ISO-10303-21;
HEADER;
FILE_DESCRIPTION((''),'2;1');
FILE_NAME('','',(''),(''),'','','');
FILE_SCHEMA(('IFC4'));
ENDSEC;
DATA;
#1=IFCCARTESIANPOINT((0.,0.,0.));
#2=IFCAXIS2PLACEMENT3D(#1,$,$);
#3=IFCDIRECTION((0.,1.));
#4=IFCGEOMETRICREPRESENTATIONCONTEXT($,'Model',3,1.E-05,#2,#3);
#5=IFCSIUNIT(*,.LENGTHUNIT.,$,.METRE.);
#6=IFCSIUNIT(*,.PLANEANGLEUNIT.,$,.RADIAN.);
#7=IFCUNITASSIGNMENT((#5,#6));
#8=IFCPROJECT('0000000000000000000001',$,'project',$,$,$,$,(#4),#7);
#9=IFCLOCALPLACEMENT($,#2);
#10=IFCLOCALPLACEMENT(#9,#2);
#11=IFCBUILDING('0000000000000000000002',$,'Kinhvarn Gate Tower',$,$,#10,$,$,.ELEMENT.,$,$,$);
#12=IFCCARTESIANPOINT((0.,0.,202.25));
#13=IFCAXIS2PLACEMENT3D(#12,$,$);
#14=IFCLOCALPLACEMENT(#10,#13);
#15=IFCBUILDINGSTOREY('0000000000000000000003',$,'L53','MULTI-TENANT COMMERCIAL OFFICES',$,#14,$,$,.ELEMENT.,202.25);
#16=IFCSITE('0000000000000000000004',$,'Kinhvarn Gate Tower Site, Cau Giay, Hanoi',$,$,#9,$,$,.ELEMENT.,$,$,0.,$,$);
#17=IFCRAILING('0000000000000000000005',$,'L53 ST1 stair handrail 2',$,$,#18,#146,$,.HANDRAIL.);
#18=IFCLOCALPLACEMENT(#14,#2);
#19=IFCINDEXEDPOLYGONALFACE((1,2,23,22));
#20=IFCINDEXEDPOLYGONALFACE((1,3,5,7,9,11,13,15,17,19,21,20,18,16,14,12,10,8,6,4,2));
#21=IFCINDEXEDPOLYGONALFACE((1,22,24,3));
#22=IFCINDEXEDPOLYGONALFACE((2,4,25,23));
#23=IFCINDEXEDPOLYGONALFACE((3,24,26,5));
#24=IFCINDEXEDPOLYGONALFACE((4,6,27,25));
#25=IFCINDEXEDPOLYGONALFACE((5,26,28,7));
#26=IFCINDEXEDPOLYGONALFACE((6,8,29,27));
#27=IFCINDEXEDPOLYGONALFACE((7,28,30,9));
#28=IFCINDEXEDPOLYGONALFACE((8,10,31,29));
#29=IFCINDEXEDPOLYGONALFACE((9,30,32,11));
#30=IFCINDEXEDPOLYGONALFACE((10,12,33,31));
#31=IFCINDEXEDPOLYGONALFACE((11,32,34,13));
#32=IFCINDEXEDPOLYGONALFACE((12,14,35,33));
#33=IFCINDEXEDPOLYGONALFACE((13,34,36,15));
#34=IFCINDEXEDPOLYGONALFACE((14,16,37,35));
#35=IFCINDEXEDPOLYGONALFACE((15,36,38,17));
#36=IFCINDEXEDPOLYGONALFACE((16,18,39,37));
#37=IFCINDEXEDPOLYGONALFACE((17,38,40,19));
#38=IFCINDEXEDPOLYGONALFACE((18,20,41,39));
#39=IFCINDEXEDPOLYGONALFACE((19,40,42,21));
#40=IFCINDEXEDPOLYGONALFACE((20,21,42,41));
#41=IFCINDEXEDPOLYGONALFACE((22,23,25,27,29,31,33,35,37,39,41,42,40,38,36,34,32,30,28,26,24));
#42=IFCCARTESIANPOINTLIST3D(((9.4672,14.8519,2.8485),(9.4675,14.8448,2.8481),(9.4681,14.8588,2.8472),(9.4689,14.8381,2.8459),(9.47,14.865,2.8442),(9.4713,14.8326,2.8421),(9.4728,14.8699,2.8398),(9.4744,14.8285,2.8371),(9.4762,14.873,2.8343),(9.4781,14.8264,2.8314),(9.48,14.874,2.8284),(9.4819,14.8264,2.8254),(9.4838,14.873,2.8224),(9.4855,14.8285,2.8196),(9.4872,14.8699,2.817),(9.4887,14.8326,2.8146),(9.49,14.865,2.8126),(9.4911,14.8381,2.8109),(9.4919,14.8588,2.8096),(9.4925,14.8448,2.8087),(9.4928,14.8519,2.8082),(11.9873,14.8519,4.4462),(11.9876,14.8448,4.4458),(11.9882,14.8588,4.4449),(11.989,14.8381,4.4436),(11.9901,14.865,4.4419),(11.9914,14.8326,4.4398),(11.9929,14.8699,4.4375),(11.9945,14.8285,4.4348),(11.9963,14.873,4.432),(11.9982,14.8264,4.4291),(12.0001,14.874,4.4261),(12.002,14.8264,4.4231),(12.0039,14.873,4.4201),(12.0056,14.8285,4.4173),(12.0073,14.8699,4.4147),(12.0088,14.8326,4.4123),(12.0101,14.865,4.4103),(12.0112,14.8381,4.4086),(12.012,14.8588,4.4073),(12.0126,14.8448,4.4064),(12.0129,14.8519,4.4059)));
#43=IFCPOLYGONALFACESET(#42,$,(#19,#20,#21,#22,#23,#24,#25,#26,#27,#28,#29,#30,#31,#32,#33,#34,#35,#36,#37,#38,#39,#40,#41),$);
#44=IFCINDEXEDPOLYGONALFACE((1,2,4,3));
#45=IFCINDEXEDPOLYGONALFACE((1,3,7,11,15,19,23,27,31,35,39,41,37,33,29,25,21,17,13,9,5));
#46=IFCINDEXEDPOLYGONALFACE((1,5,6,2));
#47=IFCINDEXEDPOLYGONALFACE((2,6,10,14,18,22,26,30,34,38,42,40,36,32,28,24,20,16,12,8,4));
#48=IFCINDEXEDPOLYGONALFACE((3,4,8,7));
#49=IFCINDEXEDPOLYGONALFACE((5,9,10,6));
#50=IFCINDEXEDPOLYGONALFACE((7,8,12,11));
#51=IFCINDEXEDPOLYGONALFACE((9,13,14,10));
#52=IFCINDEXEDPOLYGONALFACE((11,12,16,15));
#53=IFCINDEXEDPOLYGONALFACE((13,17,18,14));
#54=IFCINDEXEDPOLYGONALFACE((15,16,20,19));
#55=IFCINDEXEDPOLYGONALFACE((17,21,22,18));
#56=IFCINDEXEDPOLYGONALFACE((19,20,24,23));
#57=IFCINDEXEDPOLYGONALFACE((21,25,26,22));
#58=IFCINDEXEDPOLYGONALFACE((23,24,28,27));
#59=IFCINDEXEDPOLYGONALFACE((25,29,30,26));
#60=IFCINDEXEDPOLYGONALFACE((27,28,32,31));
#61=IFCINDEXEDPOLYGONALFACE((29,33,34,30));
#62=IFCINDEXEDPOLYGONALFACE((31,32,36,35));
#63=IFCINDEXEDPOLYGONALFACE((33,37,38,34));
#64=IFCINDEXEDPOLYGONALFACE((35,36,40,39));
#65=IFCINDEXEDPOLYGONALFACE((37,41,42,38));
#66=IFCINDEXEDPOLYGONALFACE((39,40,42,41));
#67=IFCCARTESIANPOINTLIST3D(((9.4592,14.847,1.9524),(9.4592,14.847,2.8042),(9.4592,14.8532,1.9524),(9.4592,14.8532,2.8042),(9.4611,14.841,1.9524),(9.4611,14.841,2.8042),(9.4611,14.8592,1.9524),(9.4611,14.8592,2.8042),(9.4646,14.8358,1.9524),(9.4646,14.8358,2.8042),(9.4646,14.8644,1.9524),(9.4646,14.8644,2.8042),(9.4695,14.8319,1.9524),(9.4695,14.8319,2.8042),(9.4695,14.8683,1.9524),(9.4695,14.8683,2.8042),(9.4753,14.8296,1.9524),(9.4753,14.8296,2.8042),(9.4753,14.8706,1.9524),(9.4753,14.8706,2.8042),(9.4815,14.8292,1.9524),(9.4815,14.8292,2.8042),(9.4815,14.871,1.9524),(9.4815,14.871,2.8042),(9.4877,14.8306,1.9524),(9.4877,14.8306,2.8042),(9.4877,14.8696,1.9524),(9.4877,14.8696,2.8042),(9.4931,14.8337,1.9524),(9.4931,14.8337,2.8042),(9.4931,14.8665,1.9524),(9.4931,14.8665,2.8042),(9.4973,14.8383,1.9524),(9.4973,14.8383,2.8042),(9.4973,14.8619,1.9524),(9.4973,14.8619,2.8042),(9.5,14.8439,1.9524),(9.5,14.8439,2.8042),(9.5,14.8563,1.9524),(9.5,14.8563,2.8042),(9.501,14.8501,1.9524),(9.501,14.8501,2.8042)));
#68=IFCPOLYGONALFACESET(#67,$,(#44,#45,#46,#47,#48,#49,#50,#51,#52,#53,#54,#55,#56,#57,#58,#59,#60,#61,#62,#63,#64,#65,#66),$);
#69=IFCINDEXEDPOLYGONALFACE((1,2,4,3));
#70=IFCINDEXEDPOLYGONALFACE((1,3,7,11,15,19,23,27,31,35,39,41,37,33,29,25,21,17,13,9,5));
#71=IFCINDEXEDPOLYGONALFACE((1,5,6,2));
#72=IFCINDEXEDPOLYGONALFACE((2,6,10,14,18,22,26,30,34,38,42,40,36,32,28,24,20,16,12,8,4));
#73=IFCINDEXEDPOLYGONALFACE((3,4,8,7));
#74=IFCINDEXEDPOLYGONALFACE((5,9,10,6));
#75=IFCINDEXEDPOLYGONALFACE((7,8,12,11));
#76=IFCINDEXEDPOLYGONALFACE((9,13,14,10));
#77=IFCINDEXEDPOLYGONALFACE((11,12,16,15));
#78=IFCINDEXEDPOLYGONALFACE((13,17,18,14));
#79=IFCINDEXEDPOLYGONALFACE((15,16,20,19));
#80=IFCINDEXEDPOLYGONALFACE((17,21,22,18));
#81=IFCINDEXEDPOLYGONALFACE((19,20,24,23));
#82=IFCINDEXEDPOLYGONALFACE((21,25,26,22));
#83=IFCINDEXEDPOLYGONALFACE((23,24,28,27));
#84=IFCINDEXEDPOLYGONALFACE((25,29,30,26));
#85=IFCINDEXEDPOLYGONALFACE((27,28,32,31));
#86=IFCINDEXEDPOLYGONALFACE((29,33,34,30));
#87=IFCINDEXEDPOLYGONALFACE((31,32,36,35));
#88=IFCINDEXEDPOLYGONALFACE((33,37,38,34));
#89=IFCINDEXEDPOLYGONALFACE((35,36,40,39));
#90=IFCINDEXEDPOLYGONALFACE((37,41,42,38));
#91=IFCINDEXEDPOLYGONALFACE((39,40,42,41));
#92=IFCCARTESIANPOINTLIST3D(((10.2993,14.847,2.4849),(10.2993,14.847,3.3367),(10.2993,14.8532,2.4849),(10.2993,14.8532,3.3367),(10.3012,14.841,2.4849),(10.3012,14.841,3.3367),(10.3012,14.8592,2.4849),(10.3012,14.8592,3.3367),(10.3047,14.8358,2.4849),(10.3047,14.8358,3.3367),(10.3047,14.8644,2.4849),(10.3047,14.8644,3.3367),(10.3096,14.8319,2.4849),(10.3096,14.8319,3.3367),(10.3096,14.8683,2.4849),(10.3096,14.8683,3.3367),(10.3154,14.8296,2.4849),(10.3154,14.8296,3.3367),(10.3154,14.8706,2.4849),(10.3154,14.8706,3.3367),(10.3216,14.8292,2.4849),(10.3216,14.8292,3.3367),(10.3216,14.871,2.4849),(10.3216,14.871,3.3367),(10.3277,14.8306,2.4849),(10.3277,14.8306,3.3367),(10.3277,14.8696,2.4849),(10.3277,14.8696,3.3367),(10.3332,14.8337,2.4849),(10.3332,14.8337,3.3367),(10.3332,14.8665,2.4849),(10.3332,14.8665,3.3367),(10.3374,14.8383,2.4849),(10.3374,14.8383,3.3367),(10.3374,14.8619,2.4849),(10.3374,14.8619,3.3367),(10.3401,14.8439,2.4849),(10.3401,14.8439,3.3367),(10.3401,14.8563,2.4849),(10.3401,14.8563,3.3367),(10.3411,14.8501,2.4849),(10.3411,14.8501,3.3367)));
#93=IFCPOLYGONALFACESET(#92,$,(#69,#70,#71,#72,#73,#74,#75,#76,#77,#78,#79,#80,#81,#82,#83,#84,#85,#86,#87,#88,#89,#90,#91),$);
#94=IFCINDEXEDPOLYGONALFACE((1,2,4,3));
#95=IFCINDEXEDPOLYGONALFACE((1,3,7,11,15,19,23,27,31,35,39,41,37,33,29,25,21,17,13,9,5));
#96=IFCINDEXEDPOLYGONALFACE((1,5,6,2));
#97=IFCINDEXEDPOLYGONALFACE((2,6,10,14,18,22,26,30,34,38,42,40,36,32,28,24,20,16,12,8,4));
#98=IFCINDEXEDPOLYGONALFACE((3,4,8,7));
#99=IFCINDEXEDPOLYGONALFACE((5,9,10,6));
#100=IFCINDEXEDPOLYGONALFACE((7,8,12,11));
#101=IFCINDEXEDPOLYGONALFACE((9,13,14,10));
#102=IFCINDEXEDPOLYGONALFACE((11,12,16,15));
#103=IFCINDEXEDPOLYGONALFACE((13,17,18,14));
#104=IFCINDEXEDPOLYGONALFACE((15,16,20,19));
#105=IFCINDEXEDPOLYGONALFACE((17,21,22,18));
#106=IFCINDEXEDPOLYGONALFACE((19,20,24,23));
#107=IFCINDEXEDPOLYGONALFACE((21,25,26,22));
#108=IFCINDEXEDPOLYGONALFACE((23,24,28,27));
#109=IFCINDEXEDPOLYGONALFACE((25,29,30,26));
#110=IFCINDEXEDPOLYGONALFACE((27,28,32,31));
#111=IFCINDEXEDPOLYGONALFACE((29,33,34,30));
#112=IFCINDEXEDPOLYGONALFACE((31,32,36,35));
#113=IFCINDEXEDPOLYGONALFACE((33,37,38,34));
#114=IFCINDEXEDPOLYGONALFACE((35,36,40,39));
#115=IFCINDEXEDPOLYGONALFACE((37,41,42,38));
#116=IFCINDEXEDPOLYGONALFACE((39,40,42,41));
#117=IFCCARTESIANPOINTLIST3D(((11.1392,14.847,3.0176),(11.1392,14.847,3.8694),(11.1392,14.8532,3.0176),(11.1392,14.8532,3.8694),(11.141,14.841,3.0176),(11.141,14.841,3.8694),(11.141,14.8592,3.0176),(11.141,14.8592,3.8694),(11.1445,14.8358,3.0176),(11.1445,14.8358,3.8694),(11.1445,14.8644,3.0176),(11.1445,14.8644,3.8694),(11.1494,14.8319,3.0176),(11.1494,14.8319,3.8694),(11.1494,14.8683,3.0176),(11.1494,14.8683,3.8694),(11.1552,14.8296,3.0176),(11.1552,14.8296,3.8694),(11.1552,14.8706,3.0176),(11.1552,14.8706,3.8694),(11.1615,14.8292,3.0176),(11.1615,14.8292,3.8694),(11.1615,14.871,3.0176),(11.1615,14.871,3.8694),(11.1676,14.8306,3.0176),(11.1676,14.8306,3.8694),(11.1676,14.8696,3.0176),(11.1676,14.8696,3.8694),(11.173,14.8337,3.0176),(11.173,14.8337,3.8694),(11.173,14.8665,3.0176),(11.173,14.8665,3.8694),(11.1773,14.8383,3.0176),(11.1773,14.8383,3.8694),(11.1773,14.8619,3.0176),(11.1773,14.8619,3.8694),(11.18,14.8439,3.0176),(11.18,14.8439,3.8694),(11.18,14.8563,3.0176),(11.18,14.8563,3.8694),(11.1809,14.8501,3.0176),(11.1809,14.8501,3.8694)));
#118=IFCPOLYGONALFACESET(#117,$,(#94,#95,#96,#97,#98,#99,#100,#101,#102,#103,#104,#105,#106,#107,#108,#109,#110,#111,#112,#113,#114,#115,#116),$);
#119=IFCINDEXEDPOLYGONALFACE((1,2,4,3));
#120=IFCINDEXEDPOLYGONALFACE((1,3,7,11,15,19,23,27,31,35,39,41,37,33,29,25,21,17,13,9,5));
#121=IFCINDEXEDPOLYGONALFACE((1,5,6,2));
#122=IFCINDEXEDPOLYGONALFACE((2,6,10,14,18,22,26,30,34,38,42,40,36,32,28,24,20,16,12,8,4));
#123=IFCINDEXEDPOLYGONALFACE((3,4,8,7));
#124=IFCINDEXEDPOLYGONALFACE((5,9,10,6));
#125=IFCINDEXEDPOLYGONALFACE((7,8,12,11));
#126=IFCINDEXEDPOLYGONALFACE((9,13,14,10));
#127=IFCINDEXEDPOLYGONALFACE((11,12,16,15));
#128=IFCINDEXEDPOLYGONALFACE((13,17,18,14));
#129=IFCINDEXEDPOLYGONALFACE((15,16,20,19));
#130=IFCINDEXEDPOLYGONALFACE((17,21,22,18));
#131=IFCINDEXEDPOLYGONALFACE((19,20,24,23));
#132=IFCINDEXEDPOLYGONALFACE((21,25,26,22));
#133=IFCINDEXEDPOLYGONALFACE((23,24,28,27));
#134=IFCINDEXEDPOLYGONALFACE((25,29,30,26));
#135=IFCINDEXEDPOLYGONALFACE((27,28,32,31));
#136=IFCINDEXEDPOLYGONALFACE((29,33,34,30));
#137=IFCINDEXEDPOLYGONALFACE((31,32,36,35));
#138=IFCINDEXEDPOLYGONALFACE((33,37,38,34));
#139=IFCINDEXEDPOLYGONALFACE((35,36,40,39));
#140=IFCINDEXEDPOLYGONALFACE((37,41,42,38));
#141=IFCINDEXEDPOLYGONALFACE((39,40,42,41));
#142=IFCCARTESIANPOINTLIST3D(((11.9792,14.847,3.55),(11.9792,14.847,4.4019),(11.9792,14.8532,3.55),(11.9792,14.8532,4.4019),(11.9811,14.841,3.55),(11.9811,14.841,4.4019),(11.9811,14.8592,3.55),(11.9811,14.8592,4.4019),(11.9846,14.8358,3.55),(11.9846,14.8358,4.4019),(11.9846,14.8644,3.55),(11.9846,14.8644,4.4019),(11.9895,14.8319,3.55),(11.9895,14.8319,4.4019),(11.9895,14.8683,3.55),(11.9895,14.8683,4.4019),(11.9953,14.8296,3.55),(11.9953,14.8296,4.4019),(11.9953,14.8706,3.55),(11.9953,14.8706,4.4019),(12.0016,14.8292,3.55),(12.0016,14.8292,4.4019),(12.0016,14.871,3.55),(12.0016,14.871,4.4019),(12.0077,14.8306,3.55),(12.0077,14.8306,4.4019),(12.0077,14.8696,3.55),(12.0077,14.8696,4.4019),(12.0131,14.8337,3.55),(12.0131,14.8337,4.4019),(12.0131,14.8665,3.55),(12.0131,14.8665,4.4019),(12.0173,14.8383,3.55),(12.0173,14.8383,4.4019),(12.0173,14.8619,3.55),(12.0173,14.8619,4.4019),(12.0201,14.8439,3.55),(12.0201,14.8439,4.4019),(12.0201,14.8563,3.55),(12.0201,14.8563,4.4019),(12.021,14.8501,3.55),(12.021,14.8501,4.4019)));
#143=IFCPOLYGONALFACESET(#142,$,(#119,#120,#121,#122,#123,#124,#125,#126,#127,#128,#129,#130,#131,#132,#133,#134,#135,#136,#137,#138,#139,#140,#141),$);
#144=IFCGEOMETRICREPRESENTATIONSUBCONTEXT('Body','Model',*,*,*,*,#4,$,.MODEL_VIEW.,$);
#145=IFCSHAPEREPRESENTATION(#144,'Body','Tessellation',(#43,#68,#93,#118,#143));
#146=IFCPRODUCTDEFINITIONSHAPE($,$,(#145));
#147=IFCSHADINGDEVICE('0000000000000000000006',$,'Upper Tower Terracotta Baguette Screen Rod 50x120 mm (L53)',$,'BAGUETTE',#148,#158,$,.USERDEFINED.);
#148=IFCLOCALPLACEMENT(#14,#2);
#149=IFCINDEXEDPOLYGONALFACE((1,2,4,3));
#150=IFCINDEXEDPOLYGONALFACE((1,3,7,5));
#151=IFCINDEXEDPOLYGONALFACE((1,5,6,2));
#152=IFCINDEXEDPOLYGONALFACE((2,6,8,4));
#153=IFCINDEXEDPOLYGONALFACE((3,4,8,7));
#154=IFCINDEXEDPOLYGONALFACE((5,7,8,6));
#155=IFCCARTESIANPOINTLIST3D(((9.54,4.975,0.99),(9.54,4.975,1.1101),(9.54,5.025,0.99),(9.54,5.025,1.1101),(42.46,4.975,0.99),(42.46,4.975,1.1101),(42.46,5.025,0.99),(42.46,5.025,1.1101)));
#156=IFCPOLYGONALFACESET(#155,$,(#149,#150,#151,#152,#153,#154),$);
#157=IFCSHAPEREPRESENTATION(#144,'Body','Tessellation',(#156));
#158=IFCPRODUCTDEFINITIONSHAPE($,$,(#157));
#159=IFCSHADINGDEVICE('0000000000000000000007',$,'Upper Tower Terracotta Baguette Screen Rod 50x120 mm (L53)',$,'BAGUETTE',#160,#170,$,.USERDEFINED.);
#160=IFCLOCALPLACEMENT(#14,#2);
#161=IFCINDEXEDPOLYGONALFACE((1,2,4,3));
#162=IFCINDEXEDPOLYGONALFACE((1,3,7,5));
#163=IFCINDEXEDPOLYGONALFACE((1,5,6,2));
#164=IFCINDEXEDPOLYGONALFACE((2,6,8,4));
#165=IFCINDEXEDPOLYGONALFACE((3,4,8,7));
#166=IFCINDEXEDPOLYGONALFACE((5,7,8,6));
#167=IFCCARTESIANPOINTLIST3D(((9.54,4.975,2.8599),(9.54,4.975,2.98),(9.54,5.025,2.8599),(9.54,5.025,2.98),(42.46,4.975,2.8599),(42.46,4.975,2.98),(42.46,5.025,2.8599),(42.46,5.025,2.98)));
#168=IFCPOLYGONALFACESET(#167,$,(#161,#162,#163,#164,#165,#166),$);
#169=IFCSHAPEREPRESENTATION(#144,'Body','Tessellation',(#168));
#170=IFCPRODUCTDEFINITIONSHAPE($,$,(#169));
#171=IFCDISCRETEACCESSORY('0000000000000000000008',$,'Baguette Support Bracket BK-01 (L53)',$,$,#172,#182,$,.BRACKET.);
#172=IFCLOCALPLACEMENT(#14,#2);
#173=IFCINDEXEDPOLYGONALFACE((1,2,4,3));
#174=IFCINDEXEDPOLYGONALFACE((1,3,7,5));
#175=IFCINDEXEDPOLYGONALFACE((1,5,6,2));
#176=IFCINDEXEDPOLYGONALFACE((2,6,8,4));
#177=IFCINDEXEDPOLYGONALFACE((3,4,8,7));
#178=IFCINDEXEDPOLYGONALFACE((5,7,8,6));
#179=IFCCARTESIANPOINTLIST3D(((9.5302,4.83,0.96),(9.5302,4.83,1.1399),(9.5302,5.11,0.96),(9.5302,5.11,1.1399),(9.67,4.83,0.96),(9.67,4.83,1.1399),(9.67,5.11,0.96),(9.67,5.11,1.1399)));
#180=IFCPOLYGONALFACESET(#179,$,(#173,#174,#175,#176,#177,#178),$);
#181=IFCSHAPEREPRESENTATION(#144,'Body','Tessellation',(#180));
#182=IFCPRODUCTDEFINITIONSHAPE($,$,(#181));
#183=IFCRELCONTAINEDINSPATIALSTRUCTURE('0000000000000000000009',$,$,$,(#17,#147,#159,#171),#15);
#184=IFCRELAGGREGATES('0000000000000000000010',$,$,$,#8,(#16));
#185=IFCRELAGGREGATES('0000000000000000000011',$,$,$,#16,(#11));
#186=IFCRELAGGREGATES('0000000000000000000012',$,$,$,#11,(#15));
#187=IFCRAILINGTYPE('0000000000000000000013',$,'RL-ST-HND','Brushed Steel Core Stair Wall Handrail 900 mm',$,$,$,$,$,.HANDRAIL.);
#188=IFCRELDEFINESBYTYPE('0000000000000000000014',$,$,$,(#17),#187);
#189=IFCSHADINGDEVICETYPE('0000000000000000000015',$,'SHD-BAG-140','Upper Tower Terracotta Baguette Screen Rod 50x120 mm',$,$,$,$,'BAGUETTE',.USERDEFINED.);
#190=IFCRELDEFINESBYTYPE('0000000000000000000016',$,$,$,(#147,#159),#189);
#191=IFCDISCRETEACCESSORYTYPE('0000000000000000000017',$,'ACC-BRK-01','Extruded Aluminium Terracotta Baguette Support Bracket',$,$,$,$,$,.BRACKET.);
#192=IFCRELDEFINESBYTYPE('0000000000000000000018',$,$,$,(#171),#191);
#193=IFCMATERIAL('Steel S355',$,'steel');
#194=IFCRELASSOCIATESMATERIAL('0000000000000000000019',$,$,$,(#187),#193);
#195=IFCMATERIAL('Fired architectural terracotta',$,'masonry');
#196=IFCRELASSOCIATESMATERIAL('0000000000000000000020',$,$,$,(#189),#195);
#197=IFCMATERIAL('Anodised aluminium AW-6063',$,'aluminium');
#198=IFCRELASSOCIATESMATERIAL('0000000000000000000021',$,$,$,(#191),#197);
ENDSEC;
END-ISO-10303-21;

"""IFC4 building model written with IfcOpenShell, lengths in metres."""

from ifc_helpers import new_model, si_unit, direction, frame, origin, origin_2d, place, context, subcontext, project, spatial, rectangle, circle, extrude, material, material_profile, profile_set, type_object, element, save


model = new_model("IFC4")

# Units and contexts
model_context = context("Model", 3, precision=1e-05, world=origin(), true_north=direction((0.0, 1.0)))
body_context = subcontext(model_context, "Body", "Model", "MODEL_VIEW")
ifc_project = project(units=[si_unit("LENGTHUNIT", "METRE"), si_unit("PLANEANGLEUNIT", "RADIAN")], contexts=[model_context])

# Site, building, storey
site_placement = place(None, origin())
site = spatial("IfcSite", under=ifc_project, at=site_placement, Name="Kinhvarn Gate Tower Site, Cau Giay, Hanoi", CompositionType="ELEMENT", RefElevation=0.0)
building_placement = place(site_placement, origin())
building = spatial("IfcBuilding", under=site, at=building_placement, Name="Kinhvarn Gate Tower", CompositionType="ELEMENT")
storey_placement = place(building_placement, frame((0.0, 0.0, 202.25)))
storey = spatial("IfcBuildingStorey", under=building, at=storey_placement, Name="L53", Description="MULTI-TENANT COMMERCIAL OFFICES", CompositionType="ELEMENT", Elevation=202.25)

# Shared definitions
ifc_material_1 = material(Name="Anodised aluminium AW-6063", Category="aluminium")

# Shared definitions
ifc_material_2 = material(Name="Steel S355", Category="steel")

# Shared definitions
ifc_material_3 = material(Name="Fired architectural terracotta", Category="masonry")

# Railing
railing_type_1 = type_object("IfcRailingType", Name="RL-ST-HND", Description="Brushed Steel Core Stair Wall Handrail 900 mm", PredefinedType="HANDRAIL", material=ifc_material_2)
railing_1_placement = place(storey_placement, frame((9.48, 14.8501, 1.9524)))
element("IfcRailing", 1, at=railing_1_placement, inside=storey, type_object=railing_type_1, Name="L53 ST1 stair handrail 2", PredefinedType="HANDRAIL", context=body_context, shape_type="SweptSolid", body=[
    extrude(circle(Radius=0.0239, at=origin_2d()), frame((0.0, 0.0, 0.876), z_axis=(0.84457, 0.0, 0.535445), x_axis=(0.0, 1.0, 0.0)), (0.0, 0.0, 1.0), 2.9839),
    extrude(circle(Radius=0.021, at=origin_2d()), origin(), (0.0, 0.0, 1.0), 0.8518),
    extrude(circle(Radius=0.021, at=origin_2d()), frame((0.8401, 0.0, 0.5325)), (0.0, 0.0, 1.0), 0.8518),
    extrude(circle(Radius=0.021, at=origin_2d()), frame((1.6799, 0.0, 1.0652)), (0.0, 0.0, 1.0), 0.8518),
    extrude(circle(Radius=0.021, at=origin_2d()), frame((2.52, 0.0, 1.5977)), (0.0, 0.0, 1.0), 0.8518),
])

# Shading devices
ifc_material_profile_1 = material_profile(ifc_material_3, rectangle(XDim=0.05, YDim=0.1201, at=origin_2d()), Name="TC 50x120")
ifc_profile_set_1 = profile_set([ifc_material_profile_1], Name="Fired architectural terracotta")
shading_device_type = type_object("IfcShadingDeviceType", Name="SHD-BAG-140", Description="Upper Tower Terracotta Baguette Screen Rod 50x120 mm", ElementType="BAGUETTE", PredefinedType="USERDEFINED", material=ifc_profile_set_1)
for number, where, z_axis, x_axis, name in (
    (2, (9.54, 5.0, 1.05), (1.0, 0.0, 0.0), (0.0, 1.0, 0.0), "Upper Tower Terracotta Baguette Screen Rod 50x120 mm (L53)"),
    (3, (9.54, 5.0, 2.9199), (1.0, 0.0, 0.0), (0.0, 1.0, 0.0), "Upper Tower Terracotta Baguette Screen Rod 50x120 mm (L53)"),
):
    element("IfcShadingDevice", number, at=place(storey_placement, frame(where, z_axis=z_axis, x_axis=x_axis)), inside=storey, type_object=shading_device_type, Name=name, ObjectType="BAGUETTE", PredefinedType="USERDEFINED", context=body_context, shape_type="SweptSolid", body=[
        extrude(rectangle(XDim=0.05, YDim=0.1201, at=origin_2d()), origin(), (0.0, 0.0, 1.0), 32.9199),
    ])

# Discrete accessory
discrete_accessory_type = type_object("IfcDiscreteAccessoryType", Name="ACC-BRK-01", Description="Extruded Aluminium Terracotta Baguette Support Bracket", PredefinedType="BRACKET", material=ifc_material_1)
discrete_accessory_placement = place(storey_placement, frame((9.6001, 4.97, 0.96), z_axis=(0.0, 0.0, 1.0), x_axis=(1.0, 0.0, 0.0)))
element("IfcDiscreteAccessory", 4, at=discrete_accessory_placement, inside=storey, type_object=discrete_accessory_type, Name="Baguette Support Bracket BK-01 (L53)", PredefinedType="BRACKET", context=body_context, shape_type="SweptSolid", body=[
    extrude(rectangle(XDim=0.1399, YDim=0.28, at=origin_2d()), origin(), (0.0, 0.0, 1.0), 0.1799),
])

save(model, "model.ifc")
